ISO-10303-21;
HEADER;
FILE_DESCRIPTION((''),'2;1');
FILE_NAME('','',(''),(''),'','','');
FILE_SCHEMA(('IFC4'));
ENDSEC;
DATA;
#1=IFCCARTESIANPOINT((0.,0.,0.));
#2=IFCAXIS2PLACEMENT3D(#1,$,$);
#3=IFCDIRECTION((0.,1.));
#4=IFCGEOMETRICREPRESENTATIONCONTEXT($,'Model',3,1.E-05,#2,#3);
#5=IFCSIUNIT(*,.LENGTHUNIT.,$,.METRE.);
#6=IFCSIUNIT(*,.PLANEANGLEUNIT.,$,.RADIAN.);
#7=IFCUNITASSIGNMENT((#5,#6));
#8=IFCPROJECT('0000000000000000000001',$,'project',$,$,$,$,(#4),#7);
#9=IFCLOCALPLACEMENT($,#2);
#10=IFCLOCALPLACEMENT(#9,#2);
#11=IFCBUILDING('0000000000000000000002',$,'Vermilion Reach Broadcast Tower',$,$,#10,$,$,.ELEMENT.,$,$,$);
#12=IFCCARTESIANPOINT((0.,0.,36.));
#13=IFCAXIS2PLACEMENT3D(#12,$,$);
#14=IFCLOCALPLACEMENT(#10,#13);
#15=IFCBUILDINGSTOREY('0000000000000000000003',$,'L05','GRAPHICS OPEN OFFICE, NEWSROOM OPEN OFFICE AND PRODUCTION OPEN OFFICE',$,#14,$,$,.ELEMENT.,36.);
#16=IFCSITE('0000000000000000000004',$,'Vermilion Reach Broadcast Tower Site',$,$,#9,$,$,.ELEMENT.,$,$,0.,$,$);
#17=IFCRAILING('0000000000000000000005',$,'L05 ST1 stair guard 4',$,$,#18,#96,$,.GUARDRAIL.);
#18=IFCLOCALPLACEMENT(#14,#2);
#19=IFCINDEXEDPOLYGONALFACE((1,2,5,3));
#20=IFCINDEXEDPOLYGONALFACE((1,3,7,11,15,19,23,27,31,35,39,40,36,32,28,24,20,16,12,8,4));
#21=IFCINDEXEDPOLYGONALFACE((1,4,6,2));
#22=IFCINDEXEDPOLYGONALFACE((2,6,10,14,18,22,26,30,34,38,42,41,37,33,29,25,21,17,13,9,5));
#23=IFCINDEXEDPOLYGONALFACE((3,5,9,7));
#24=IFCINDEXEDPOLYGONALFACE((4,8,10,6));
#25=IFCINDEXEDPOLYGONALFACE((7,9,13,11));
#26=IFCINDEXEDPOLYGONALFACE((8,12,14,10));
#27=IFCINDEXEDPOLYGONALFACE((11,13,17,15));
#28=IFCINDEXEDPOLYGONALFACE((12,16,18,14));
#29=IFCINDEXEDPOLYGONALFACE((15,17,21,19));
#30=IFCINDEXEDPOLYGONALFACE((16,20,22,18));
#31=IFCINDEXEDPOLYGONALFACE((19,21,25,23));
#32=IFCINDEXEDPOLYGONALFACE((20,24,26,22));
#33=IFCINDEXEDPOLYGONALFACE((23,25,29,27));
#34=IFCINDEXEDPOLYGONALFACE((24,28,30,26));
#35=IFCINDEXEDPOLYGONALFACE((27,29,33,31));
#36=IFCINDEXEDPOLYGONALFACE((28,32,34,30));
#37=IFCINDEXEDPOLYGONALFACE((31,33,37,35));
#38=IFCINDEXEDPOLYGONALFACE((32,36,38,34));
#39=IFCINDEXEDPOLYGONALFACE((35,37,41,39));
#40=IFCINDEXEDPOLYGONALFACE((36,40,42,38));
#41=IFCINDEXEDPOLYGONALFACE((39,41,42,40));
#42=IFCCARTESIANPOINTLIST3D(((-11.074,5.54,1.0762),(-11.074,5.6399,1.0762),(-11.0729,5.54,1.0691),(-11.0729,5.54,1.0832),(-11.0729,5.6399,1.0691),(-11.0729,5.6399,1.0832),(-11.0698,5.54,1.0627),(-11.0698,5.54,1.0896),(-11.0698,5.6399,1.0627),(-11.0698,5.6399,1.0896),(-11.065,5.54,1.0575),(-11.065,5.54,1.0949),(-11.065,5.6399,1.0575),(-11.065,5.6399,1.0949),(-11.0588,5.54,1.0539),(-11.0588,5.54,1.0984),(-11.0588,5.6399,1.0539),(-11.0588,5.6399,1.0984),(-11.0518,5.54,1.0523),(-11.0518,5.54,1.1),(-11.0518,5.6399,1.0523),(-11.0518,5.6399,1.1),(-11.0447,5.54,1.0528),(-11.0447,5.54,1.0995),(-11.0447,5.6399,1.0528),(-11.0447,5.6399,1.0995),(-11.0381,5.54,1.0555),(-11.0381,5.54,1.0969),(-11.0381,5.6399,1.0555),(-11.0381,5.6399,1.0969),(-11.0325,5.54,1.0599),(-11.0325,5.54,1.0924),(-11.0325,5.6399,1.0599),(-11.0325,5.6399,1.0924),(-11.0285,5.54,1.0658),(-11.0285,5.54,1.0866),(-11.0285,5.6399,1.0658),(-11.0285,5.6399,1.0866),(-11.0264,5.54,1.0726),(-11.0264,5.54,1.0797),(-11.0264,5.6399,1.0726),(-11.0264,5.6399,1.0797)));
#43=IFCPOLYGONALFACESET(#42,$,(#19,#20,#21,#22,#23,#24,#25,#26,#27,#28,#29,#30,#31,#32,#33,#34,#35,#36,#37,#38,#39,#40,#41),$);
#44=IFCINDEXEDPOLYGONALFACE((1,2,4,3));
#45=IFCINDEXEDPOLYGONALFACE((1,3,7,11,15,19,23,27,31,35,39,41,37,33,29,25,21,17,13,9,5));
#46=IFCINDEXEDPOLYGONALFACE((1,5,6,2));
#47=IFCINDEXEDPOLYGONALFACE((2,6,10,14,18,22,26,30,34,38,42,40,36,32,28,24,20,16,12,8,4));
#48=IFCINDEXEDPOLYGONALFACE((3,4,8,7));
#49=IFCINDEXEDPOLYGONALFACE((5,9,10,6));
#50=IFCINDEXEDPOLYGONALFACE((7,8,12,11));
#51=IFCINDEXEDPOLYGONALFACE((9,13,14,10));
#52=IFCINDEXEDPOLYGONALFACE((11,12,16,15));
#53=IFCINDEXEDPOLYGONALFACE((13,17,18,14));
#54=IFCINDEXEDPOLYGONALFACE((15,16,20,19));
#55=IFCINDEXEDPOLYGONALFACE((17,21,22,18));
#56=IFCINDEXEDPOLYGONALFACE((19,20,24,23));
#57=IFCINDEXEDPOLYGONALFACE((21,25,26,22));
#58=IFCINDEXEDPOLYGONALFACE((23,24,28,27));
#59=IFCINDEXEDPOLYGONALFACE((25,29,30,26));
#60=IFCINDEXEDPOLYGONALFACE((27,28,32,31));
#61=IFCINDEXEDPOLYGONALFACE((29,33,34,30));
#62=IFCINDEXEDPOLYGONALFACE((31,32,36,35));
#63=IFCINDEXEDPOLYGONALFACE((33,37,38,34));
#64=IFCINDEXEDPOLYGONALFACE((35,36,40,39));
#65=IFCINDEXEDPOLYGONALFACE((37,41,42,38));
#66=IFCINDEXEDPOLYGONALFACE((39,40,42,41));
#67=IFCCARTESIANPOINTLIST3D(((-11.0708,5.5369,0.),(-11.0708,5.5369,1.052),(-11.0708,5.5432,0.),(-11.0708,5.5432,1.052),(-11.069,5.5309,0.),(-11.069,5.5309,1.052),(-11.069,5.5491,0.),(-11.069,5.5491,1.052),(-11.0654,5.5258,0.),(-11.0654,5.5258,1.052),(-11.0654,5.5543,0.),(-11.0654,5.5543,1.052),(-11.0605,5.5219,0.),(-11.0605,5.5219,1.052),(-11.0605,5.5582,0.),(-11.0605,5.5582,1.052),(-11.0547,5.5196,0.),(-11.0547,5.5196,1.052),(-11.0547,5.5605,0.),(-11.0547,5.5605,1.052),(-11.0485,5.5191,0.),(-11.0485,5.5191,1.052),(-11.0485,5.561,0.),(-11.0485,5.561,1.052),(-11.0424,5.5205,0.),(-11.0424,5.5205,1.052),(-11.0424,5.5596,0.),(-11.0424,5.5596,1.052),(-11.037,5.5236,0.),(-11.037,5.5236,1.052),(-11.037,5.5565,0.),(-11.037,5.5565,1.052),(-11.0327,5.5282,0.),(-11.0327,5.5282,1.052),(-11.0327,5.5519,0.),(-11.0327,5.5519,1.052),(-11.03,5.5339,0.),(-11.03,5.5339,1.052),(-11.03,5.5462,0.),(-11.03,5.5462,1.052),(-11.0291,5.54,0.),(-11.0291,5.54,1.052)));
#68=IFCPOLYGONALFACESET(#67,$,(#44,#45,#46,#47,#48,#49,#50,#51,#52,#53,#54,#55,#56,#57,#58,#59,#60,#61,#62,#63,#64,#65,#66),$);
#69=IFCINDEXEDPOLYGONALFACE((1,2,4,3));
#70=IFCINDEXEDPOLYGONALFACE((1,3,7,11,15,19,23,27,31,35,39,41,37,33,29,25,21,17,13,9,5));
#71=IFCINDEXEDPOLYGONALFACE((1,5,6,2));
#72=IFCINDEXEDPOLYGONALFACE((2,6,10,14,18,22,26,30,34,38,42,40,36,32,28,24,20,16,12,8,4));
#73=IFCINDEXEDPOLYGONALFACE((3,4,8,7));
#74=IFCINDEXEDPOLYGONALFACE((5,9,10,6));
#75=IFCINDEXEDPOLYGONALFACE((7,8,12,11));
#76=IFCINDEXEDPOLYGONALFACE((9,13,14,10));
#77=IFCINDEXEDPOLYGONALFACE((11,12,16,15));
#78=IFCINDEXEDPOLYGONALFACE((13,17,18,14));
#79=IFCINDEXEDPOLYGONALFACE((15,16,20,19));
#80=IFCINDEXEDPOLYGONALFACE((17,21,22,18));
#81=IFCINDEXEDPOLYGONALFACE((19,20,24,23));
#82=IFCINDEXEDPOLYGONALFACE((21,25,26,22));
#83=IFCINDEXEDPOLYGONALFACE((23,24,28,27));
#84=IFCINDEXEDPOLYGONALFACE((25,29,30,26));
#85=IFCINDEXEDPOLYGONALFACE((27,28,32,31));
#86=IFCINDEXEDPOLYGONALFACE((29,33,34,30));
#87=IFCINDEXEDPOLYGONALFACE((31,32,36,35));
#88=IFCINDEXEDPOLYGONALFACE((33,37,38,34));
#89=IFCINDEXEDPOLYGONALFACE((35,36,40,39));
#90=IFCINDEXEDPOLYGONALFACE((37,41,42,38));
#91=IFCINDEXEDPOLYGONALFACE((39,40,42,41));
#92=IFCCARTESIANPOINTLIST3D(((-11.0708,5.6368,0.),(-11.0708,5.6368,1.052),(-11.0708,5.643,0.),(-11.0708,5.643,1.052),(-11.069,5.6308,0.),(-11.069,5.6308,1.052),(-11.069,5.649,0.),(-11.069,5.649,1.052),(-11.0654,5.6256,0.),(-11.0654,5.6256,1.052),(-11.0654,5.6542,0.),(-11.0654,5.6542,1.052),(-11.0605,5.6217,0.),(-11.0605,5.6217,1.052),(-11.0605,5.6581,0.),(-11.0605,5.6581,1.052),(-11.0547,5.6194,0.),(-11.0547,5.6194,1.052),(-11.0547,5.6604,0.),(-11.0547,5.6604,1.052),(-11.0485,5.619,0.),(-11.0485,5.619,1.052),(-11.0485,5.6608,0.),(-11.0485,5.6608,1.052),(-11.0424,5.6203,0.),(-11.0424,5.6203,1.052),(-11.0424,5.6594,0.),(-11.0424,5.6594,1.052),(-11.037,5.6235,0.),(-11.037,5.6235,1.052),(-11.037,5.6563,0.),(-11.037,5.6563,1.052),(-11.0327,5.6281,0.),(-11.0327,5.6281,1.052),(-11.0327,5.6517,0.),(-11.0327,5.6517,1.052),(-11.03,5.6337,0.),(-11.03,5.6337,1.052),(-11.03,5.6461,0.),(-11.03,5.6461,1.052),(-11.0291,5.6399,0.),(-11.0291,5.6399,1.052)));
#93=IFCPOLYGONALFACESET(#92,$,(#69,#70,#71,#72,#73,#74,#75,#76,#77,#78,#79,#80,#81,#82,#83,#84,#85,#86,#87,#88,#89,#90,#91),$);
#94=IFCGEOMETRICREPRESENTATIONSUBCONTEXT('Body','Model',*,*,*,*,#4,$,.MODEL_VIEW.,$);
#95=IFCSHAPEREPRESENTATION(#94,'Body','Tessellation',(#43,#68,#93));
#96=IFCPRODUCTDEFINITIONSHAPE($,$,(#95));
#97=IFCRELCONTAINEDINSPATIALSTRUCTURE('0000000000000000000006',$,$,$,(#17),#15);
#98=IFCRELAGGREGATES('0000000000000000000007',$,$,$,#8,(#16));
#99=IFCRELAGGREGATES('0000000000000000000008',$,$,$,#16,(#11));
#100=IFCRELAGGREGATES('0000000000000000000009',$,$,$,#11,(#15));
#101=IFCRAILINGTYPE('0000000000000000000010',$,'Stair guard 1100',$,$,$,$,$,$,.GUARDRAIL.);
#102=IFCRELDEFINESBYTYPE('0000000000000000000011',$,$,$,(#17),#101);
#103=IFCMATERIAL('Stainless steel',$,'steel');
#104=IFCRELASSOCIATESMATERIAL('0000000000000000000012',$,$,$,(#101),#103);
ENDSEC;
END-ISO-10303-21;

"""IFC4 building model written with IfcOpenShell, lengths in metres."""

from ifc_helpers import new_model, si_unit, direction, frame, origin, origin_2d, place, context, subcontext, project, spatial, circle, extrude, material, type_object, element, save


model = new_model("IFC4")

# Units and contexts
model_context = context("Model", 3, precision=1e-05, world=origin(), true_north=direction((0.0, 1.0)))
body_context = subcontext(model_context, "Body", "Model", "MODEL_VIEW")
ifc_project = project(units=[si_unit("LENGTHUNIT", "METRE"), si_unit("PLANEANGLEUNIT", "RADIAN")], contexts=[model_context])

# Site, building, storey
site_placement = place(None, origin())
site = spatial("IfcSite", under=ifc_project, at=site_placement, Name="Vermilion Reach Broadcast Tower Site", CompositionType="ELEMENT", RefElevation=0.0)
building_placement = place(site_placement, origin())
building = spatial("IfcBuilding", under=site, at=building_placement, Name="Vermilion Reach Broadcast Tower", CompositionType="ELEMENT")
storey_placement = place(building_placement, frame((0.0, 0.0, 36.0)))
storey = spatial("IfcBuildingStorey", under=building, at=storey_placement, Name="L05", Description="GRAPHICS OPEN OFFICE, NEWSROOM OPEN OFFICE AND PRODUCTION OPEN OFFICE", CompositionType="ELEMENT", Elevation=36.0)

# Railing
ifc_material_1 = material(Name="Stainless steel", Category="steel")
railing_type_1 = type_object("IfcRailingType", Name="Stair guard 1100", PredefinedType="GUARDRAIL", material=ifc_material_1)
railing_1_placement = place(storey_placement, frame((-11.05, 5.54, 0.0)))
element("IfcRailing", 1, at=railing_1_placement, inside=storey, type_object=railing_type_1, Name="L05 ST1 stair guard 4", PredefinedType="GUARDRAIL", context=body_context, shape_type="SweptSolid", body=[
    extrude(circle(Radius=0.0239, at=origin_2d()), frame((0.0, 0.0, 1.0762), z_axis=(0.0, 1.0, 0.0), x_axis=(-1.0, 0.0, 0.0)), (0.0, 0.0, 1.0), 0.0999),
    extrude(circle(Radius=0.021, at=origin_2d()), origin(), (0.0, 0.0, 1.0), 1.052),
    extrude(circle(Radius=0.021, at=origin_2d()), frame((0.0, 0.0999, 0.0)), (0.0, 0.0, 1.0), 1.052),
])

save(model, "model.ifc")
